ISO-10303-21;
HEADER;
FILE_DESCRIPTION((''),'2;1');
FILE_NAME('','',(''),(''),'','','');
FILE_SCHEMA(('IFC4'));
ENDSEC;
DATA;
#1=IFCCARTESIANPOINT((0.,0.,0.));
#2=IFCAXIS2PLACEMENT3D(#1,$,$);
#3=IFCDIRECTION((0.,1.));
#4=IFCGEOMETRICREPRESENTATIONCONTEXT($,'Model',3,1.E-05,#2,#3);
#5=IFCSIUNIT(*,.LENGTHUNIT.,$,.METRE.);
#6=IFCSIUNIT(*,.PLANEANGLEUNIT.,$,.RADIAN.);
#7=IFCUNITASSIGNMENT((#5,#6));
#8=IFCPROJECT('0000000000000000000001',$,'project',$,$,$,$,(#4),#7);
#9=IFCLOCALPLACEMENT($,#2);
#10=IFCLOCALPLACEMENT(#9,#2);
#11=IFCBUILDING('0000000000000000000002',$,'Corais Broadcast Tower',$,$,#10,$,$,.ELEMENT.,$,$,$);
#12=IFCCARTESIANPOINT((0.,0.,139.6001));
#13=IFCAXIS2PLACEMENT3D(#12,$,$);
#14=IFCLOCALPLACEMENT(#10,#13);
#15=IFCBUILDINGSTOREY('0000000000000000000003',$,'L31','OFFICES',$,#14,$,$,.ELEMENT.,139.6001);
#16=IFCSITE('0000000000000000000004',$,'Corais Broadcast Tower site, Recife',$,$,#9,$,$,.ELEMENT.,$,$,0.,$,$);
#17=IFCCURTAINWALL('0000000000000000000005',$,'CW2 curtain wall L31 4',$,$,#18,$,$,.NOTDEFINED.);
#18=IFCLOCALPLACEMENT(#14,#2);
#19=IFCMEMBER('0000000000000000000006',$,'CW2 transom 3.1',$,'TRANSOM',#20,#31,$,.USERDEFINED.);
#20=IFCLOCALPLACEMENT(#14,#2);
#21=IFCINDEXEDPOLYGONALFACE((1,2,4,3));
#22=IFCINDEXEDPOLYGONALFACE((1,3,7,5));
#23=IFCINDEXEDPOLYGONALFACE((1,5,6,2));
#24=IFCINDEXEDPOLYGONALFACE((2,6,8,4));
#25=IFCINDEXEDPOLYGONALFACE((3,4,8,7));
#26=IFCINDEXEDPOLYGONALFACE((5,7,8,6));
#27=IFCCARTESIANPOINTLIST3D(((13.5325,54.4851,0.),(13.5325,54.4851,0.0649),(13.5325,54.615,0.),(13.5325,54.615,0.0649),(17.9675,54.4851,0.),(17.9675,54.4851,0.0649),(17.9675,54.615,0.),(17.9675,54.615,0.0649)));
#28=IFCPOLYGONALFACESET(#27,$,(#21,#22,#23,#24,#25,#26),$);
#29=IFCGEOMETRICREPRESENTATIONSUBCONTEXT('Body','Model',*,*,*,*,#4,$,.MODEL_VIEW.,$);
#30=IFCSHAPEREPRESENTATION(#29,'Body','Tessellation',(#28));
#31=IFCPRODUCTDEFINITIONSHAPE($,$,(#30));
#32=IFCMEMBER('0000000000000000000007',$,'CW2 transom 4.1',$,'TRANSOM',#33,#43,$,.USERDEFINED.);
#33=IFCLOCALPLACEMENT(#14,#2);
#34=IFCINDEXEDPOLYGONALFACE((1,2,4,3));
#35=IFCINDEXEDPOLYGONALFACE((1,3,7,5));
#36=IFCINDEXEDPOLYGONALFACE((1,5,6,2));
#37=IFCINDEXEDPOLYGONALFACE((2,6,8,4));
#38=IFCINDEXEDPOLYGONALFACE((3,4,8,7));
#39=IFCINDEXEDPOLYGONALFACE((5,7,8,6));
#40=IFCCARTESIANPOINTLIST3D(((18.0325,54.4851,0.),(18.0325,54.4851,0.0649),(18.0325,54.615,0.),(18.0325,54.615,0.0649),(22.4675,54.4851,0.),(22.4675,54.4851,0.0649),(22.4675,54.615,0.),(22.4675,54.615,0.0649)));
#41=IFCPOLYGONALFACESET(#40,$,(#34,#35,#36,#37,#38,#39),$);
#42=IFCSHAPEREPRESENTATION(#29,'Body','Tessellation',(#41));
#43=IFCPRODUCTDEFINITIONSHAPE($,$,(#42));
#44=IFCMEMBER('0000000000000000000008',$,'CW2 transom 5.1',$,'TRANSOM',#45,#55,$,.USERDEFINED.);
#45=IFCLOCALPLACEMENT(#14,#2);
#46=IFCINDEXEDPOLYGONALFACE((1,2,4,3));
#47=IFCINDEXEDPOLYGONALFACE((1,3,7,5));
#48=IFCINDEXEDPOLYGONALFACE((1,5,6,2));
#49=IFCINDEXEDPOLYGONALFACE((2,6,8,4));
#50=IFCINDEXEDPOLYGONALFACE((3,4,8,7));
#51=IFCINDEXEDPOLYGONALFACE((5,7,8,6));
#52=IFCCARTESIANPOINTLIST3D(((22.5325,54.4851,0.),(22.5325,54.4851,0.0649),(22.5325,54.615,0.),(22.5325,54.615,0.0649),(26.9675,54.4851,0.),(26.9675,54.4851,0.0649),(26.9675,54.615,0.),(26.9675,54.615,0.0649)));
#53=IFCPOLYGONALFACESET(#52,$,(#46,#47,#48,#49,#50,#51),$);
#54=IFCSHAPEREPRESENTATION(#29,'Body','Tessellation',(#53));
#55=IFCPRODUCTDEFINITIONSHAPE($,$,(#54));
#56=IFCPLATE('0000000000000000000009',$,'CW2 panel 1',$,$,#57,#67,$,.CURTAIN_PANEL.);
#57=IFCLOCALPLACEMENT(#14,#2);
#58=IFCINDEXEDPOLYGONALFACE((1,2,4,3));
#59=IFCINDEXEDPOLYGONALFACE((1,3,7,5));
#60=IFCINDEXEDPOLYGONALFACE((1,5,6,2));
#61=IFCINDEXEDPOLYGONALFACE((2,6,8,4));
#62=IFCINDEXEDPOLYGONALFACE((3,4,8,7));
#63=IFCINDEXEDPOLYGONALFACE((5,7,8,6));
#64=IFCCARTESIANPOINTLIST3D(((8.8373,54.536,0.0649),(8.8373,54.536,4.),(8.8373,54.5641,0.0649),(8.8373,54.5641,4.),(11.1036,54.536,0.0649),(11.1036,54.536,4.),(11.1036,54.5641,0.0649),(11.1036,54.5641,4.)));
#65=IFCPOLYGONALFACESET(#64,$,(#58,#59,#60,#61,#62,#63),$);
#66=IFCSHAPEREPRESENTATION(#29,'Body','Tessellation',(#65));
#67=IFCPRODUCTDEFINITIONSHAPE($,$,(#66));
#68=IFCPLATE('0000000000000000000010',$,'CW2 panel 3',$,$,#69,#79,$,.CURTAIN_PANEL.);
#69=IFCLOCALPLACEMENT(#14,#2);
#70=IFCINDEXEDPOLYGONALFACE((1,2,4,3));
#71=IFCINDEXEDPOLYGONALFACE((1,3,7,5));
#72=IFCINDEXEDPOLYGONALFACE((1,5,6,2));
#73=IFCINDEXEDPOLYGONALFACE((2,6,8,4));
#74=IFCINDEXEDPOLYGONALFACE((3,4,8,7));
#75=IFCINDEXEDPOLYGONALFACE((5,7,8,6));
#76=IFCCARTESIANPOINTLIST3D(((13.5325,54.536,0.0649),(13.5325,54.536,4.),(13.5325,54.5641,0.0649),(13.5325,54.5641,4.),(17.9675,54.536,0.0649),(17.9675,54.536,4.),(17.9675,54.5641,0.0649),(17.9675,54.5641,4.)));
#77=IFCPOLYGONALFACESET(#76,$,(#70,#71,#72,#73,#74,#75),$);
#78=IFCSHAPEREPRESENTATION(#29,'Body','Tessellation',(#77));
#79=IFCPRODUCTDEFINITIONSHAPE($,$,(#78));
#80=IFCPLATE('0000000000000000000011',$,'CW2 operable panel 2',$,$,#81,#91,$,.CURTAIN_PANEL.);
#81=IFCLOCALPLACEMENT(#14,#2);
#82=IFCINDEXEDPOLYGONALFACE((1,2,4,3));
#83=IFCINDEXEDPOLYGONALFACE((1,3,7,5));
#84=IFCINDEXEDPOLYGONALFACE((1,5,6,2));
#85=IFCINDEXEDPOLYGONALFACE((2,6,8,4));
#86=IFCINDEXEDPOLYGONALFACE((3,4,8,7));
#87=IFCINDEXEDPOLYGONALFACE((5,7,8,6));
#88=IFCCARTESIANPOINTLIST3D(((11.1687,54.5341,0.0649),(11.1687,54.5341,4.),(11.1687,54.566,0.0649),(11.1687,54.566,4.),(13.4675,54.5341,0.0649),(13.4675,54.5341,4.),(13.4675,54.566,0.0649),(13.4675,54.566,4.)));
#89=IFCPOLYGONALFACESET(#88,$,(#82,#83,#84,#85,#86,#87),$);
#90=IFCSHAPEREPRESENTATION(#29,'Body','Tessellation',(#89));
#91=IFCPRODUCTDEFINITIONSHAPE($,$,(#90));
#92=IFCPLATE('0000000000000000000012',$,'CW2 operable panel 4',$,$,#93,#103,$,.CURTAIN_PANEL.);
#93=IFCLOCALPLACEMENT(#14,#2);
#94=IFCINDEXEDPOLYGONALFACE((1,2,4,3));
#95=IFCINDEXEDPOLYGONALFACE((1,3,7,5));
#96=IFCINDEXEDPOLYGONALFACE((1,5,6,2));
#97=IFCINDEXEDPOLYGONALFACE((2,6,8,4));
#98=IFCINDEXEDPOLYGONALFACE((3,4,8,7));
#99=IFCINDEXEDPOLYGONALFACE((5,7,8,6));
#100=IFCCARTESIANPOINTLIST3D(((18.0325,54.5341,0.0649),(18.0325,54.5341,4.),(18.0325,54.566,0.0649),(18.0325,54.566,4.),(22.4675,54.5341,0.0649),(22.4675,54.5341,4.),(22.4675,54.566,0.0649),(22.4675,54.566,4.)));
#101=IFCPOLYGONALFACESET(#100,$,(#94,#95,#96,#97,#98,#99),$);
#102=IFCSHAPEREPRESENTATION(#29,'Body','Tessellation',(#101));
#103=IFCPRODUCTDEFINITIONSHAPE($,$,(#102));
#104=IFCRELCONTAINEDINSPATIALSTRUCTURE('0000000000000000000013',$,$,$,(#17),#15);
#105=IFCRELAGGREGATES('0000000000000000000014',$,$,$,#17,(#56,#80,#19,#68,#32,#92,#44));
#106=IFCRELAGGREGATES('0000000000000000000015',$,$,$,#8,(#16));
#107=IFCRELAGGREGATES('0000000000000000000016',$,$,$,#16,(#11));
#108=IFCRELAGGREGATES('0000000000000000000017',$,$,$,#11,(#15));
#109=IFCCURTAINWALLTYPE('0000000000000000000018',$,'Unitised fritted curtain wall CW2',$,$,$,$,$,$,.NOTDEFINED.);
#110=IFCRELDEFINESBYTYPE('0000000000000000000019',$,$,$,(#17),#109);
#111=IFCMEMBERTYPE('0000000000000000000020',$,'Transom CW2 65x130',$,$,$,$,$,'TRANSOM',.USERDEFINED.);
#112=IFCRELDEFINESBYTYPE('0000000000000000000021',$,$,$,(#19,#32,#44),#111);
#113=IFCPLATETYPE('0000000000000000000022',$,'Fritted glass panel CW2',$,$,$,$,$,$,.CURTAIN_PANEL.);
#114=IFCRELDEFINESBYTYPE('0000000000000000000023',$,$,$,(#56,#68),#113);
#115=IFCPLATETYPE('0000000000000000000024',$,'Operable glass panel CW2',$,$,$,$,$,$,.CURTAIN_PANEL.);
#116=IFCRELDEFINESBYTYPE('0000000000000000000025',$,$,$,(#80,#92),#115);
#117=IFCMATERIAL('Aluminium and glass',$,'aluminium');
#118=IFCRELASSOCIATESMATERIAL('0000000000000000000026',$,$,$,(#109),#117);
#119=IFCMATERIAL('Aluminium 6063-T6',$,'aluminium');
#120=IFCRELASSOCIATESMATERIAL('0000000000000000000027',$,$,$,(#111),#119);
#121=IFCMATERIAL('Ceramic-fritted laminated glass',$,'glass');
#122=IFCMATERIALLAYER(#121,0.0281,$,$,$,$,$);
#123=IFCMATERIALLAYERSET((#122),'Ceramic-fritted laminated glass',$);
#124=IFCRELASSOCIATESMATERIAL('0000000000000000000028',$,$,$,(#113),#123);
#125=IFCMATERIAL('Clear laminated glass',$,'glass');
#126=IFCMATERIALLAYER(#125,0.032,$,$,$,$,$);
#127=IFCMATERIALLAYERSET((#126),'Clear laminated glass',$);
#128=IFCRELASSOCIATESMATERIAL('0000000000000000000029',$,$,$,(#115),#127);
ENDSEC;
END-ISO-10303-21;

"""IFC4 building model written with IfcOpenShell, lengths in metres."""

from ifc_helpers import new_model, si_unit, direction, frame, origin, origin_2d, place, context, subcontext, project, spatial, rectangle, extrude, material, layer, layer_set, material_profile, profile_set, type_object, element, aggregate, save


model = new_model("IFC4")

# Units and contexts
model_context = context("Model", 3, precision=1e-05, world=origin(), true_north=direction((0.0, 1.0)))
body_context = subcontext(model_context, "Body", "Model", "MODEL_VIEW")
ifc_project = project(units=[si_unit("LENGTHUNIT", "METRE"), si_unit("PLANEANGLEUNIT", "RADIAN")], contexts=[model_context])

# Site, building, storey
site_placement = place(None, origin())
site = spatial("IfcSite", under=ifc_project, at=site_placement, Name="Corais Broadcast Tower site, Recife", CompositionType="ELEMENT", RefElevation=0.0)
building_placement = place(site_placement, origin())
building = spatial("IfcBuilding", under=site, at=building_placement, Name="Corais Broadcast Tower", CompositionType="ELEMENT")
storey_placement = place(building_placement, frame((0.0, 0.0, 139.6001)))
storey = spatial("IfcBuildingStorey", under=building, at=storey_placement, Name="L31", Description="OFFICES", CompositionType="ELEMENT", Elevation=139.6001)

# Curtain wall
ifc_material_1 = material(Name="Aluminium and glass", Category="aluminium")
curtain_wall_type = type_object("IfcCurtainWallType", Name="Unitised fritted curtain wall CW2", PredefinedType="NOTDEFINED", material=ifc_material_1)
curtain_wall_placement = place(storey_placement, origin())
curtain_wall = element("IfcCurtainWall", 1, at=curtain_wall_placement, inside=storey, type_object=curtain_wall_type, Name="CW2 curtain wall L31 4", PredefinedType="NOTDEFINED")

# Members
ifc_material_2 = material(Name="Aluminium 6063-T6", Category="aluminium")
ifc_material_profile_1 = material_profile(ifc_material_2, rectangle(XDim=0.1299, YDim=0.0649, at=origin_2d()), Name="Transom CW2 65x130")
ifc_profile_set_1 = profile_set([ifc_material_profile_1], Name="Aluminium 6063-T6")
member_type_1 = type_object("IfcMemberType", Name="Transom CW2 65x130", ElementType="TRANSOM", PredefinedType="USERDEFINED", material=ifc_profile_set_1)
member_1_placement = place(storey_placement, frame((13.5325, 54.55, 0.0325), z_axis=(1.0, 0.0, 0.0), x_axis=(0.0, 1.0, 0.0)))
member_1 = element("IfcMember", 2, at=member_1_placement, type_object=member_type_1, Name="CW2 transom 3.1", ObjectType="TRANSOM", PredefinedType="USERDEFINED", context=body_context, shape_type="SweptSolid", body=[
    extrude(rectangle(XDim=0.1299, YDim=0.0649, at=origin_2d()), origin(), (0.0, 0.0, 1.0), 4.4351),
])
member_2_placement = place(storey_placement, frame((18.0325, 54.55, 0.0325), z_axis=(1.0, 0.0, 0.0), x_axis=(0.0, 1.0, 0.0)))
member_2 = element("IfcMember", 3, at=member_2_placement, type_object=member_type_1, Name="CW2 transom 4.1", ObjectType="TRANSOM", PredefinedType="USERDEFINED", context=body_context, shape_type="SweptSolid", body=[
    extrude(rectangle(XDim=0.1299, YDim=0.0649, at=origin_2d()), origin(), (0.0, 0.0, 1.0), 4.4351),
])
member_3_placement = place(storey_placement, frame((22.5325, 54.55, 0.0325), z_axis=(1.0, 0.0, 0.0), x_axis=(0.0, 1.0, 0.0)))
member_3 = element("IfcMember", 4, at=member_3_placement, type_object=member_type_1, Name="CW2 transom 5.1", ObjectType="TRANSOM", PredefinedType="USERDEFINED", context=body_context, shape_type="SweptSolid", body=[
    extrude(rectangle(XDim=0.1299, YDim=0.0649, at=origin_2d()), origin(), (0.0, 0.0, 1.0), 4.4351),
])

# Plates
ifc_material_3 = material(Name="Ceramic-fritted laminated glass", Category="glass")
ifc_layer_1 = layer(ifc_material_3, 0.0281)
ifc_layer_set_1 = layer_set([ifc_layer_1], Name="Ceramic-fritted laminated glass")
plate_type_1 = type_object("IfcPlateType", Name="Fritted glass panel CW2", PredefinedType="CURTAIN_PANEL", material=ifc_layer_set_1)
plate_1_placement = place(storey_placement, frame((9.9705, 54.55, 0.0649), z_axis=(0.0, 0.0, 1.0), x_axis=(1.0, 0.0, 0.0)))
plate_1 = element("IfcPlate", 5, at=plate_1_placement, type_object=plate_type_1, Name="CW2 panel 1", PredefinedType="CURTAIN_PANEL", context=body_context, shape_type="SweptSolid", body=[
    extrude(rectangle(XDim=2.2664, YDim=0.0281, at=origin_2d()), origin(), (0.0, 0.0, 1.0), 3.9351),
])
plate_2_placement = place(storey_placement, frame((15.75, 54.55, 0.0649), z_axis=(0.0, 0.0, 1.0), x_axis=(1.0, 0.0, 0.0)))
plate_2 = element("IfcPlate", 6, at=plate_2_placement, type_object=plate_type_1, Name="CW2 panel 3", PredefinedType="CURTAIN_PANEL", context=body_context, shape_type="SweptSolid", body=[
    extrude(rectangle(XDim=4.4351, YDim=0.0281, at=origin_2d()), origin(), (0.0, 0.0, 1.0), 3.9351),
])
ifc_material_4 = material(Name="Clear laminated glass", Category="glass")
ifc_layer_2 = layer(ifc_material_4, 0.032)
ifc_layer_set_2 = layer_set([ifc_layer_2], Name="Clear laminated glass")
plate_type_2 = type_object("IfcPlateType", Name="Operable glass panel CW2", PredefinedType="CURTAIN_PANEL", material=ifc_layer_set_2)
plate_3_placement = place(storey_placement, frame((12.3181, 54.55, 0.0649), z_axis=(0.0, 0.0, 1.0), x_axis=(1.0, 0.0, 0.0)))
plate_3 = element("IfcPlate", 7, at=plate_3_placement, type_object=plate_type_2, Name="CW2 operable panel 2", PredefinedType="CURTAIN_PANEL", context=body_context, shape_type="SweptSolid", body=[
    extrude(rectangle(XDim=2.2988, YDim=0.032, at=origin_2d()), origin(), (0.0, 0.0, 1.0), 3.9351),
])
plate_4_placement = place(storey_placement, frame((20.25, 54.55, 0.0649), z_axis=(0.0, 0.0, 1.0), x_axis=(1.0, 0.0, 0.0)))
plate_4 = element("IfcPlate", 8, at=plate_4_placement, type_object=plate_type_2, Name="CW2 operable panel 4", PredefinedType="CURTAIN_PANEL", context=body_context, shape_type="SweptSolid", body=[
    extrude(rectangle(XDim=4.4351, YDim=0.032, at=origin_2d()), origin(), (0.0, 0.0, 1.0), 3.9351),
])
aggregate(curtain_wall, [plate_1, plate_3, member_1, plate_2, member_2, plate_4, member_3])

save(model, "model.ifc")
